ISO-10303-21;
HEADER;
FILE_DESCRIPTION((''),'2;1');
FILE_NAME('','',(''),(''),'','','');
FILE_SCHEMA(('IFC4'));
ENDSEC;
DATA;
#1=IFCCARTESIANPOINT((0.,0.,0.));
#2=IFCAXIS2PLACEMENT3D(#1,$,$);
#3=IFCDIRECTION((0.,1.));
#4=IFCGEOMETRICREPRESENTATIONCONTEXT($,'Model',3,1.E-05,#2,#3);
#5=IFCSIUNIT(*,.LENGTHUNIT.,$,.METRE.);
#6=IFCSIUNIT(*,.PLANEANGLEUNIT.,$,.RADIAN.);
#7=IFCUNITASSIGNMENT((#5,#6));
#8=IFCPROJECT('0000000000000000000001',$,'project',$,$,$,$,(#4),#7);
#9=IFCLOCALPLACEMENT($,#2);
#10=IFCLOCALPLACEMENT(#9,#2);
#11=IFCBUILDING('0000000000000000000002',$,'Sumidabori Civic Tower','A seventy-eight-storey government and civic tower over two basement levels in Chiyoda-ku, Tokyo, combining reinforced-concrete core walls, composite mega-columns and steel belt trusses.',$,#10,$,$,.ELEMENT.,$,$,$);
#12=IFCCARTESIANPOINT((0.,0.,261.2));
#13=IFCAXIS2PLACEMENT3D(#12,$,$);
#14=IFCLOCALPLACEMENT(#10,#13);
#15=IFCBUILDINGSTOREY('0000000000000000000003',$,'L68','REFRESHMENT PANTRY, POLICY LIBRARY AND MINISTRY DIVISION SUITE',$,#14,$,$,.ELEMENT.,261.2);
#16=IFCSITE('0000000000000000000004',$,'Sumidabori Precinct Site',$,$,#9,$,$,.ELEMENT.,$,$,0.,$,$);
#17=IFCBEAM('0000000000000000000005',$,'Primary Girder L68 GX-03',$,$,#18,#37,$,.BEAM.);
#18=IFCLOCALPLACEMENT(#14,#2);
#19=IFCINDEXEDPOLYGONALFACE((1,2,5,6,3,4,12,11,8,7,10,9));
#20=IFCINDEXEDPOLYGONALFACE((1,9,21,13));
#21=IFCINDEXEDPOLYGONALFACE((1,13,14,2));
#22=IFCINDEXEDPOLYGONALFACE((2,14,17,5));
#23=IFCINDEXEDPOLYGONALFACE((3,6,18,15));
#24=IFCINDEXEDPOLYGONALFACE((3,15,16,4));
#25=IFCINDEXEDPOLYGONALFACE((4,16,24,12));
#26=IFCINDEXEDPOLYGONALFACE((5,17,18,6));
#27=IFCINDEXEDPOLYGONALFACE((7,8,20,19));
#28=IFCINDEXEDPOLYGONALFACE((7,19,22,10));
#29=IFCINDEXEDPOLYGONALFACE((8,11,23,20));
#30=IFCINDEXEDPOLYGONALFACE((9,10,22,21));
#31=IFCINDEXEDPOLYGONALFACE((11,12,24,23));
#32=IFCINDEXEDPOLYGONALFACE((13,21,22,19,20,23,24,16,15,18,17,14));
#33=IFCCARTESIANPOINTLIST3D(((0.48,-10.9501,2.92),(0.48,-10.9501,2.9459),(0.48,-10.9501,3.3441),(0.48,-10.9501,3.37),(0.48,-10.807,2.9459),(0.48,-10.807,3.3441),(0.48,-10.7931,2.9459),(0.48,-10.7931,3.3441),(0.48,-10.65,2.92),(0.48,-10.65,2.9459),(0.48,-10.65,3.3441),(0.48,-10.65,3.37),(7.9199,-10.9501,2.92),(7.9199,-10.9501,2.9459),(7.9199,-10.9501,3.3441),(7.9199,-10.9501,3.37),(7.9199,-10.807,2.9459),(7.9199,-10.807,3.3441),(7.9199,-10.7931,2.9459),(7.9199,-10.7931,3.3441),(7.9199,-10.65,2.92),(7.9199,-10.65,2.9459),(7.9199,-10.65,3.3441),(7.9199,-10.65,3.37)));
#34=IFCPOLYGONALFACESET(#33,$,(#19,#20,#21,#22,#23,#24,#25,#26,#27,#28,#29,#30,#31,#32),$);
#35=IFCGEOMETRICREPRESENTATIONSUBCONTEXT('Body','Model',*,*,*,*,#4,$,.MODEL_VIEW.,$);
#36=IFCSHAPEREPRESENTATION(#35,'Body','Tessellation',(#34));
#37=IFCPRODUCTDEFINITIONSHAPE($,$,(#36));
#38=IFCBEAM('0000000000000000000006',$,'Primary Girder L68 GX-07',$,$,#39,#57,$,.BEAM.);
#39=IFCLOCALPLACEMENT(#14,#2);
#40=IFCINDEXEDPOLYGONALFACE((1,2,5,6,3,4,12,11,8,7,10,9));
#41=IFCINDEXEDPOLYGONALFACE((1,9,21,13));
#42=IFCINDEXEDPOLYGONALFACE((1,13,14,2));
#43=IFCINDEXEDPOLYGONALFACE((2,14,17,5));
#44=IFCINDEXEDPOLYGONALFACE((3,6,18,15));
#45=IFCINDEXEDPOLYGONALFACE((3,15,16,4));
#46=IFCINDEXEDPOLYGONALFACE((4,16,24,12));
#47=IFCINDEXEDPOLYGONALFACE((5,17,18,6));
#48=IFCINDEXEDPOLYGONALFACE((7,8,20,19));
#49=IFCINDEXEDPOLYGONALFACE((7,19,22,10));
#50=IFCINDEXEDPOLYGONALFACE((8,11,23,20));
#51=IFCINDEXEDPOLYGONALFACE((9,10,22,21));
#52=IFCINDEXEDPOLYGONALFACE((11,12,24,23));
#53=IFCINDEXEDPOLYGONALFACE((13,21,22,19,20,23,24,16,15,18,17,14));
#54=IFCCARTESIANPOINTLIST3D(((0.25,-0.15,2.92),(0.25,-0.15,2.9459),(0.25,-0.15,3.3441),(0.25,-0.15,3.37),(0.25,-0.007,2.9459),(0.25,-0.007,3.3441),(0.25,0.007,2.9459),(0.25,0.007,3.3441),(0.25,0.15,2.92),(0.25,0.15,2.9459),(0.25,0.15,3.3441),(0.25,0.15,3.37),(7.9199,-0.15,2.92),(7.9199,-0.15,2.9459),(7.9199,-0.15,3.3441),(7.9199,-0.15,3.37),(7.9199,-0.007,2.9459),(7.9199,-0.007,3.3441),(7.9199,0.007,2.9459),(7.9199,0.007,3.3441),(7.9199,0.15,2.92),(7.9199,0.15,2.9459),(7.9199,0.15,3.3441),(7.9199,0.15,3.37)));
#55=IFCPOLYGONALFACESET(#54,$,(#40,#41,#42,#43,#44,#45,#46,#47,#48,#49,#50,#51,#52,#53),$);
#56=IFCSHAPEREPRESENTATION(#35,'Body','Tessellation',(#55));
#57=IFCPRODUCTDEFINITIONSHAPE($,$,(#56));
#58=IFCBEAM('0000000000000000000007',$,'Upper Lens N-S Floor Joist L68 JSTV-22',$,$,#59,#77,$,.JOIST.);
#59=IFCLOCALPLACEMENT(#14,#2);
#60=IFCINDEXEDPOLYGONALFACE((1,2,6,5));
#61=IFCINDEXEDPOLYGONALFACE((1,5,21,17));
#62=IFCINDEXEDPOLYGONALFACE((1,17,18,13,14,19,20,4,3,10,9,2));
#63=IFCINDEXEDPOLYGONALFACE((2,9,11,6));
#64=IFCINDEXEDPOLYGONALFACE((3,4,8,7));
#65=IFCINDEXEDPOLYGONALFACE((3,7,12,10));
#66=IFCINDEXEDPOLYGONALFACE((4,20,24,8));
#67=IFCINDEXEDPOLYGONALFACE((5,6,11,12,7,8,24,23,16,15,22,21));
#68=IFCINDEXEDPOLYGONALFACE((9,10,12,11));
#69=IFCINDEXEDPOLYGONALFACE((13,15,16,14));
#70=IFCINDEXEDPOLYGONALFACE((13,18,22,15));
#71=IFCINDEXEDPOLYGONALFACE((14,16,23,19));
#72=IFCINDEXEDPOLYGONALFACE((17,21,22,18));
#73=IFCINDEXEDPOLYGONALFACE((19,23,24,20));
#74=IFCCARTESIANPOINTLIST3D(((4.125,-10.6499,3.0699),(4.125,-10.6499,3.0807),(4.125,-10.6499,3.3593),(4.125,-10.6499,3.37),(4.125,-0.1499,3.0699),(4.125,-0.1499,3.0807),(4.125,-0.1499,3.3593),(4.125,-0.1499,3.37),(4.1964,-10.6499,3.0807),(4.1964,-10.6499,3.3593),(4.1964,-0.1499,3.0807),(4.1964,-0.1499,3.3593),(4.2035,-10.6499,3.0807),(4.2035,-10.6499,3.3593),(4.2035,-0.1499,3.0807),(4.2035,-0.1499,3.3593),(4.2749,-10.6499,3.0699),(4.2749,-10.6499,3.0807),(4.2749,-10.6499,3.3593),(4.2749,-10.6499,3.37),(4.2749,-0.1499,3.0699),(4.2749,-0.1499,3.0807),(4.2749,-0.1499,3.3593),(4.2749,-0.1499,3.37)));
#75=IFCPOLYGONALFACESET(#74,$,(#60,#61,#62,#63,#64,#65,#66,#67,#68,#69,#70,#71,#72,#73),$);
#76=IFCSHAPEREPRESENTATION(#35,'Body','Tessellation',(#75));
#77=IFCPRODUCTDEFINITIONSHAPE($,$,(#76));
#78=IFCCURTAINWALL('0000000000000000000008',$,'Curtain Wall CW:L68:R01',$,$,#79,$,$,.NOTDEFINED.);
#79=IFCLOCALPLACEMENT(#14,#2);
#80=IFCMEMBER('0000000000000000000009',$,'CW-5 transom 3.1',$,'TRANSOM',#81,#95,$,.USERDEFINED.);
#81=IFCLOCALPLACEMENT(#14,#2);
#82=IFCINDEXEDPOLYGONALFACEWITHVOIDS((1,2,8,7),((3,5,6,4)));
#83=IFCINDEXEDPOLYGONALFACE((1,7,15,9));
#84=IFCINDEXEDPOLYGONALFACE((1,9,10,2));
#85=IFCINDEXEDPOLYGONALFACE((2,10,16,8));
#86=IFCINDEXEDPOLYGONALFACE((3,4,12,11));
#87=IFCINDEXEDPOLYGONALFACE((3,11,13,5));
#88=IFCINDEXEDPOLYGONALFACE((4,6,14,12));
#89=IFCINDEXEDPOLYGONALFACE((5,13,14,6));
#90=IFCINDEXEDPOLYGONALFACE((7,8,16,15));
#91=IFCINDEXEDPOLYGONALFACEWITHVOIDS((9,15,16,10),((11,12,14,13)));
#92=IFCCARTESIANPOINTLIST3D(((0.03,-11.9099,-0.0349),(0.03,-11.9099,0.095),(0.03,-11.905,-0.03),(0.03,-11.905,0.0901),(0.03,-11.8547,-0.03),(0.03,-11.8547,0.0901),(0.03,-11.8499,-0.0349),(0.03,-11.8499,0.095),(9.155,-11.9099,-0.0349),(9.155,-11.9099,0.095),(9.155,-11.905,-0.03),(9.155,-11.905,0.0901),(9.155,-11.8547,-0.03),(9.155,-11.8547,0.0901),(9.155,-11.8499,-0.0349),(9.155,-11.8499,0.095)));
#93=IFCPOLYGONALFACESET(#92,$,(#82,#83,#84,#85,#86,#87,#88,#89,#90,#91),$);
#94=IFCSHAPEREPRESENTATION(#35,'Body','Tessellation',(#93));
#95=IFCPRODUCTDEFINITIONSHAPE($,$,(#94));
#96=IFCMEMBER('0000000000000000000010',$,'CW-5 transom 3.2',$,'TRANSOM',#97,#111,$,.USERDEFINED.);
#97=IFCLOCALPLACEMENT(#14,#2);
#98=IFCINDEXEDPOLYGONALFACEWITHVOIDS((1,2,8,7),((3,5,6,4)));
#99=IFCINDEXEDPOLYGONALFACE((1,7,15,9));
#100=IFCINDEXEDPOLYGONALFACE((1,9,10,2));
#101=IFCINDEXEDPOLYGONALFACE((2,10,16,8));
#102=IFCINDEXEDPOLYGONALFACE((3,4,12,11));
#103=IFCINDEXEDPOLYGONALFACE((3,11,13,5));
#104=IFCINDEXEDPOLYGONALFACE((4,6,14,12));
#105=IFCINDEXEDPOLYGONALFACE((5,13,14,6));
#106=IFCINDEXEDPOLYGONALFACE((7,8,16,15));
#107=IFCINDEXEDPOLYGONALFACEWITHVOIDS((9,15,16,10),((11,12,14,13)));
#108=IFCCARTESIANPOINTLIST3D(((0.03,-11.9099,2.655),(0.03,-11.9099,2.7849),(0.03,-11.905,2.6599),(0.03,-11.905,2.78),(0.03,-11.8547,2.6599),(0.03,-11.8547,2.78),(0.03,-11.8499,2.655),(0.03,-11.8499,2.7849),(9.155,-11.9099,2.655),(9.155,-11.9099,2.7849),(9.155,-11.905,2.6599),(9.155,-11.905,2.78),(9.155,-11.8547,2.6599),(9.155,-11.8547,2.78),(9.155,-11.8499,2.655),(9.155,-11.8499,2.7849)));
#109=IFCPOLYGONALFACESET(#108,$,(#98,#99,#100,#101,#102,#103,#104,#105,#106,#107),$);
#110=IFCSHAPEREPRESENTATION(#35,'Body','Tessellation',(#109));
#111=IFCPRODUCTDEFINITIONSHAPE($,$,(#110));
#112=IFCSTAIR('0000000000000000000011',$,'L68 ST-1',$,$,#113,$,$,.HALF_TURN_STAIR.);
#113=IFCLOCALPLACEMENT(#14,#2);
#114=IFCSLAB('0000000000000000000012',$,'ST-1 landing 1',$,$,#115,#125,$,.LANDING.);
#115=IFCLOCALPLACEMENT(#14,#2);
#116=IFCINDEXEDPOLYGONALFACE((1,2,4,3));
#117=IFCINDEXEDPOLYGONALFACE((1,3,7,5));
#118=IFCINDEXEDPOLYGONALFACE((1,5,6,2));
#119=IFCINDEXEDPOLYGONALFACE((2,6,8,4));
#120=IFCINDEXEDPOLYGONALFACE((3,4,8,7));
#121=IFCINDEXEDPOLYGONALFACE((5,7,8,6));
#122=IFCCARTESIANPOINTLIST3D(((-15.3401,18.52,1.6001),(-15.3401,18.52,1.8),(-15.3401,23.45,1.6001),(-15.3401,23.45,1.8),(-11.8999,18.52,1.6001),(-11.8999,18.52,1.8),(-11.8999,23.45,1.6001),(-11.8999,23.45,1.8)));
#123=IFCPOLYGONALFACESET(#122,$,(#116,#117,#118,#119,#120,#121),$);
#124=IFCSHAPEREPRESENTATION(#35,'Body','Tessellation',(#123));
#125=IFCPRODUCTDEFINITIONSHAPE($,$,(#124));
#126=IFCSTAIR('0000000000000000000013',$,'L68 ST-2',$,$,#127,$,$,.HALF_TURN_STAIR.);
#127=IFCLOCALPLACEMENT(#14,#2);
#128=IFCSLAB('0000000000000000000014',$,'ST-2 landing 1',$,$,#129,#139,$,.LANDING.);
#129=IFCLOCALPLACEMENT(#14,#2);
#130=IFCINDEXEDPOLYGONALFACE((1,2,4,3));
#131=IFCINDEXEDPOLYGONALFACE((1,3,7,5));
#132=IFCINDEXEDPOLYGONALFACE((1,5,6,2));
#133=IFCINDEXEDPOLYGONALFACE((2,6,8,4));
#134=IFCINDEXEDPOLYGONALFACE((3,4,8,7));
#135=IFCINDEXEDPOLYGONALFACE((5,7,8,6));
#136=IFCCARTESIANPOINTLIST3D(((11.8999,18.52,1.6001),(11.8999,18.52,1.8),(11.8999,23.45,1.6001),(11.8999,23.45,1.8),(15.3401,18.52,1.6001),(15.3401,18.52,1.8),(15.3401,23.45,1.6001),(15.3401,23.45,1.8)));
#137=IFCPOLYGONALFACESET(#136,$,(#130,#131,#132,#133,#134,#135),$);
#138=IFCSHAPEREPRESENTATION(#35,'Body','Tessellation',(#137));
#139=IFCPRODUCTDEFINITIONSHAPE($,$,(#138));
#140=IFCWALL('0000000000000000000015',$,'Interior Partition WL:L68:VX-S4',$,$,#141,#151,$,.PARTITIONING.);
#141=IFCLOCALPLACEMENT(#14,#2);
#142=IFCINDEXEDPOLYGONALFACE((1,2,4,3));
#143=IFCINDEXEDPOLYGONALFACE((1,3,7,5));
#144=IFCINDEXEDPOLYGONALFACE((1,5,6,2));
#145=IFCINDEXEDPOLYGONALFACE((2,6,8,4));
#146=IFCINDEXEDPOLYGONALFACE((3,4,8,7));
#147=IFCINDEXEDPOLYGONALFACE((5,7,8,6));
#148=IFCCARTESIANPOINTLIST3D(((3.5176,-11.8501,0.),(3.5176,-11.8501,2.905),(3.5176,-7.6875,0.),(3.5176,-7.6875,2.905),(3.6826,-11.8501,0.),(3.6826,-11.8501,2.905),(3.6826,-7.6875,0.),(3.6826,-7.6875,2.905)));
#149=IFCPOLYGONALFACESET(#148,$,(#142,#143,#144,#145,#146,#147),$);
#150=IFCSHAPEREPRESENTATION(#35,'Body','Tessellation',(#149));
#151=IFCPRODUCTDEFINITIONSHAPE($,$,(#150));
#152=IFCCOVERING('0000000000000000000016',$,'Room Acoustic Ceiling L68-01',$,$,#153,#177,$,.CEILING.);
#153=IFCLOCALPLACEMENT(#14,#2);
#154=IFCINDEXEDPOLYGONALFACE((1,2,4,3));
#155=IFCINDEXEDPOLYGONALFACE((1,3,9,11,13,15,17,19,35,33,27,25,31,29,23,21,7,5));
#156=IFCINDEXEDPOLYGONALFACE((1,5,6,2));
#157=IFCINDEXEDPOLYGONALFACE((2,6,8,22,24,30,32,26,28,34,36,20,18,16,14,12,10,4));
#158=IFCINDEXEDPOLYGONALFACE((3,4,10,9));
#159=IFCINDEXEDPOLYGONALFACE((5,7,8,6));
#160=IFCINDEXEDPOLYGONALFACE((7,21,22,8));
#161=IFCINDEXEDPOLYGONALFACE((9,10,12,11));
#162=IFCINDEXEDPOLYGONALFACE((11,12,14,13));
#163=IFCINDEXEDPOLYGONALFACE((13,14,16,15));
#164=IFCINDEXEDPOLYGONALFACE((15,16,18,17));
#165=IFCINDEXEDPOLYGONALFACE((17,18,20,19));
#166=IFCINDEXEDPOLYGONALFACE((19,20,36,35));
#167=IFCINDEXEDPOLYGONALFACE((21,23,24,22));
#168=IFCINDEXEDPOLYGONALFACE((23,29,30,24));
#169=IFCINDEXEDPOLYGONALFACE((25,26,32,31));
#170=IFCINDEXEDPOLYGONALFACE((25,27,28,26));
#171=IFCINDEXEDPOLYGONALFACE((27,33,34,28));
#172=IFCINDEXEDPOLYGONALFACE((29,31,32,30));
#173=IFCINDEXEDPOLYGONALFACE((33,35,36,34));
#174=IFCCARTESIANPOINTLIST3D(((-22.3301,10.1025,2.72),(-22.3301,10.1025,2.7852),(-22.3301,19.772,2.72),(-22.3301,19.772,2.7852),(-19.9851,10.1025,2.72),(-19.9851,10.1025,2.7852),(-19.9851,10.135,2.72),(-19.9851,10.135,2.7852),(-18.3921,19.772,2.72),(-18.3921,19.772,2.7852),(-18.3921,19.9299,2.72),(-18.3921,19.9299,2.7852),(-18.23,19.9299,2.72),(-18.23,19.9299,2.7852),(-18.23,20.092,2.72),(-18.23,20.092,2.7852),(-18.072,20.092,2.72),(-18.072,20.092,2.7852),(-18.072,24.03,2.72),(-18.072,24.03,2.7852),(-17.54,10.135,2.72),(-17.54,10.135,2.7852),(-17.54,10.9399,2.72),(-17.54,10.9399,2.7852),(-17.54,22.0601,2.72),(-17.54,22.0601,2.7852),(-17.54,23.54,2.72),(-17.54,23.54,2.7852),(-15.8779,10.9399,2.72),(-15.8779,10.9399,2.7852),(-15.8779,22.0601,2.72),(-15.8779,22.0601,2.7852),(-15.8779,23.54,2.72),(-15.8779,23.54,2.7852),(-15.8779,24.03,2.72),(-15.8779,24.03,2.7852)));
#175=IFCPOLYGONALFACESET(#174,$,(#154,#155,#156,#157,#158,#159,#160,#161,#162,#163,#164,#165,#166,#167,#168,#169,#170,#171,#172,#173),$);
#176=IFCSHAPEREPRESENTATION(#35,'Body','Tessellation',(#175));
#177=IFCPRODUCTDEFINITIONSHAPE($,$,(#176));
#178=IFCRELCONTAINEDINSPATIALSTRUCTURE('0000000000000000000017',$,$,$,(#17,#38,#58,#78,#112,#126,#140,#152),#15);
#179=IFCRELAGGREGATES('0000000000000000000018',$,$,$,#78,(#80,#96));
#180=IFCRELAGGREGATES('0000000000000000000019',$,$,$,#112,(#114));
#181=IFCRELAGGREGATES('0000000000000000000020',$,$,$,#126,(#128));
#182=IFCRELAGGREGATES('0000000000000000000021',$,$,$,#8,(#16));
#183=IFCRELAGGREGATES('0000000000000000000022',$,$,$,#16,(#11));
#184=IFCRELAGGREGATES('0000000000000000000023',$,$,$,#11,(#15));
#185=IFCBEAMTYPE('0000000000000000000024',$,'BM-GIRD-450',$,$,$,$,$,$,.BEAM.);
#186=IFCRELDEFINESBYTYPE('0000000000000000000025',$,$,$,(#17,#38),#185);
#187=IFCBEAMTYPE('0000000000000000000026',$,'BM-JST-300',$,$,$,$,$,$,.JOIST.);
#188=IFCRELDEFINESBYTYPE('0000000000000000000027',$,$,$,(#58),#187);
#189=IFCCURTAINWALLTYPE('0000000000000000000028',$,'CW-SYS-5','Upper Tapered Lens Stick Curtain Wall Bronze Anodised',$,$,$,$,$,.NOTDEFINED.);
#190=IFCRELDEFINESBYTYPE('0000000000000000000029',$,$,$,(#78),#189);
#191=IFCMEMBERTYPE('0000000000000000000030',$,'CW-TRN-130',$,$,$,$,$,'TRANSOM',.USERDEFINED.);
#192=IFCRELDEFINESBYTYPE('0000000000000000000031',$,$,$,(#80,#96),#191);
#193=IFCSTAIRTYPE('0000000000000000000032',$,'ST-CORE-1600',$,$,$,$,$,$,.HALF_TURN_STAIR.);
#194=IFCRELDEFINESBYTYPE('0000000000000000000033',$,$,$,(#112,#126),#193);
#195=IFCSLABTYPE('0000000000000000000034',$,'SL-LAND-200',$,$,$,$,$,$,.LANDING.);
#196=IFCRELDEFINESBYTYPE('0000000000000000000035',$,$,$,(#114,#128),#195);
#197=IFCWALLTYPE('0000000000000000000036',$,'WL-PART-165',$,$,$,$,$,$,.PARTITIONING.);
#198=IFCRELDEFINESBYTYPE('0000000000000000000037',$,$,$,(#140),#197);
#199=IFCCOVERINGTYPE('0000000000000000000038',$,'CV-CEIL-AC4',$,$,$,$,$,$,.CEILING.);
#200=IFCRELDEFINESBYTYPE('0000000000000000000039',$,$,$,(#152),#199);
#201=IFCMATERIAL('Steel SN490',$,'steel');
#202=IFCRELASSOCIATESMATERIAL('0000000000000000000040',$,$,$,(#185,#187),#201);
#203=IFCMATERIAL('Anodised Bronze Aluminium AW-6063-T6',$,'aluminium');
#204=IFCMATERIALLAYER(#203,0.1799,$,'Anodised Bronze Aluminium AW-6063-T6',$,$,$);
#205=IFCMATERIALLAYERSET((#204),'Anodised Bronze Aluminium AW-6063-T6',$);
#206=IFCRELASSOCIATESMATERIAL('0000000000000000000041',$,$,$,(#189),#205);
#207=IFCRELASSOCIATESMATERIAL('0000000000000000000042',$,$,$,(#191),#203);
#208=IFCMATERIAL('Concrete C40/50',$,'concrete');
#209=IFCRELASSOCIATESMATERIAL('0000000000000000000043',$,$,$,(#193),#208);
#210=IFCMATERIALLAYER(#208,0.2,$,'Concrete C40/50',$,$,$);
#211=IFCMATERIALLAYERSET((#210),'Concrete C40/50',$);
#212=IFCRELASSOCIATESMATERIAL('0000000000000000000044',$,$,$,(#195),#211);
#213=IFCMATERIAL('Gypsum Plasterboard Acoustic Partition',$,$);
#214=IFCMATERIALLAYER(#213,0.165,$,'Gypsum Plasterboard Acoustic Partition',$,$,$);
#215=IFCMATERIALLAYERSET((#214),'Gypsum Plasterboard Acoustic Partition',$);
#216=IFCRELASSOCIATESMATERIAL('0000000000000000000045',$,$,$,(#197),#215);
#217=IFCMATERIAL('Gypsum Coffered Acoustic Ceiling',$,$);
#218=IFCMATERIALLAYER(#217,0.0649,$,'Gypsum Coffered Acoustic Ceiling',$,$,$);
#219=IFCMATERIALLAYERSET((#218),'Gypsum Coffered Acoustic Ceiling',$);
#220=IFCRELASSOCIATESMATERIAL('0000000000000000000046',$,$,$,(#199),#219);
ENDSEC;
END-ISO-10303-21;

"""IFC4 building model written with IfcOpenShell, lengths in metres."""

from ifc_helpers import new_model, si_unit, direction, frame, frame_2d, origin, origin_2d, place, context, subcontext, project, spatial, polyline, rectangle, hollow_rectangle, i_section, outline, extrude, source, transform, mapped, material, layer, layer_set, material_profile, profile_set, type_object, element, aggregate, save


model = new_model("IFC4")

# Units and contexts
model_context = context("Model", 3, precision=1e-05, world=origin(), true_north=direction((0.0, 1.0)))
body_context = subcontext(model_context, "Body", "Model", "MODEL_VIEW")
ifc_project = project(units=[si_unit("LENGTHUNIT", "METRE"), si_unit("PLANEANGLEUNIT", "RADIAN")], contexts=[model_context])

# Site, building, storey
site_placement = place(None, origin())
site = spatial("IfcSite", under=ifc_project, at=site_placement, Name="Sumidabori Precinct Site", CompositionType="ELEMENT", RefElevation=0.0)
building_placement = place(site_placement, origin())
building = spatial("IfcBuilding", under=site, at=building_placement, Name="Sumidabori Civic Tower", Description="A seventy-eight-storey government and civic tower over two basement levels in Chiyoda-ku, Tokyo, combining reinforced-concrete core walls, composite mega-columns and steel belt trusses.", CompositionType="ELEMENT")
storey_placement = place(building_placement, frame((0.0, 0.0, 261.2)))
storey = spatial("IfcBuildingStorey", under=building, at=storey_placement, Name="L68", Description="REFRESHMENT PANTRY, POLICY LIBRARY AND MINISTRY DIVISION SUITE", CompositionType="ELEMENT", Elevation=261.2)

# Beams
ifc_material_1 = material(Name="Steel SN490", Category="steel")
ifc_material_profile_1 = material_profile(ifc_material_1, i_section(OverallWidth=0.3, OverallDepth=0.45, WebThickness=0.0139, FlangeThickness=0.0259, at=origin_2d()), Name="HE 450 B")
ifc_profile_set_1 = profile_set([ifc_material_profile_1], Name="Steel SN490")
beam_type_1 = type_object("IfcBeamType", Name="BM-GIRD-450", PredefinedType="BEAM", material=ifc_profile_set_1)
shared_shape_1 = source(origin(), body_context, "Body", "SweptSolid", [
    extrude(i_section(OverallWidth=0.3, OverallDepth=0.45, WebThickness=0.0139, FlangeThickness=0.0259, at=origin_2d()), origin(), (0.0, 0.0, 1.0), 7.4399),
])
beam_1_placement = place(storey_placement, frame((0.48, -10.8, 3.145), z_axis=(1.0, 0.0, 0.0), x_axis=(0.0, 1.0, 0.0)))
element("IfcBeam", 1, at=beam_1_placement, inside=storey, type_object=beam_type_1, Name="Primary Girder L68 GX-03", PredefinedType="BEAM", context=body_context, shape_type="MappedRepresentation", body=[
    mapped(shared_shape_1, transform((0.0, 0.0, 0.0), x_axis=(1.0, 0.0, 0.0), y_axis=(0.0, 1.0, 0.0), z_axis=(0.0, 0.0, 1.0), scale=1.0)),
])
shared_shape_2 = source(origin(), body_context, "Body", "SweptSolid", [
    extrude(i_section(OverallWidth=0.3, OverallDepth=0.45, WebThickness=0.0139, FlangeThickness=0.0259, at=origin_2d()), origin(), (0.0, 0.0, 1.0), 7.6699),
])
beam_2_placement = place(storey_placement, frame((0.25, 0.0, 3.145), z_axis=(1.0, 0.0, 0.0), x_axis=(0.0, 1.0, 0.0)))
element("IfcBeam", 2, at=beam_2_placement, inside=storey, type_object=beam_type_1, Name="Primary Girder L68 GX-07", PredefinedType="BEAM", context=body_context, shape_type="MappedRepresentation", body=[
    mapped(shared_shape_2, transform((0.0, 0.0, 0.0), x_axis=(1.0, 0.0, 0.0), y_axis=(0.0, 1.0, 0.0), z_axis=(0.0, 0.0, 1.0), scale=1.0)),
])
ifc_material_profile_2 = material_profile(ifc_material_1, i_section(OverallWidth=0.1499, OverallDepth=0.3, WebThickness=0.0071, FlangeThickness=0.0107, at=origin_2d()), Name="IPE 300")
ifc_profile_set_2 = profile_set([ifc_material_profile_2], Name="Steel SN490")
beam_type_2 = type_object("IfcBeamType", Name="BM-JST-300", PredefinedType="JOIST", material=ifc_profile_set_2)
shared_shape_3 = source(origin(), body_context, "Body", "SweptSolid", [
    extrude(i_section(OverallWidth=0.1499, OverallDepth=0.3, WebThickness=0.0071, FlangeThickness=0.0107, at=origin_2d()), origin(), (0.0, 0.0, 1.0), 10.5),
])
beam_3_placement = place(storey_placement, frame((4.2, -10.6499, 3.22), z_axis=(0.0, 1.0, 0.0), x_axis=(-1.0, 0.0, 0.0)))
element("IfcBeam", 3, at=beam_3_placement, inside=storey, type_object=beam_type_2, Name="Upper Lens N-S Floor Joist L68 JSTV-22", PredefinedType="JOIST", context=body_context, shape_type="MappedRepresentation", body=[
    mapped(shared_shape_3, transform((0.0, 0.0, 0.0), x_axis=(1.0, 0.0, 0.0), y_axis=(0.0, 1.0, 0.0), z_axis=(0.0, 0.0, 1.0), scale=1.0)),
])

# Curtain wall, members
ifc_material_2 = material(Name="Anodised Bronze Aluminium AW-6063-T6", Category="aluminium")
ifc_layer_1 = layer(ifc_material_2, 0.1799, Name="Anodised Bronze Aluminium AW-6063-T6")
ifc_layer_set_1 = layer_set([ifc_layer_1], Name="Anodised Bronze Aluminium AW-6063-T6")
curtain_wall_type = type_object("IfcCurtainWallType", Name="CW-SYS-5", Description="Upper Tapered Lens Stick Curtain Wall Bronze Anodised", PredefinedType="NOTDEFINED", material=ifc_layer_set_1)
curtain_wall_placement = place(storey_placement, origin())
curtain_wall = element("IfcCurtainWall", 4, at=curtain_wall_placement, inside=storey, type_object=curtain_wall_type, Name="Curtain Wall CW:L68:R01", PredefinedType="NOTDEFINED")
ifc_material_profile_3 = material_profile(ifc_material_2, hollow_rectangle(XDim=0.0601, YDim=0.1299, WallThickness=0.0049, at=origin_2d()), Name="ALU TRANSOM 130x60")
ifc_profile_set_3 = profile_set([ifc_material_profile_3], Name="Anodised Bronze Aluminium AW-6063-T6")
member_type = type_object("IfcMemberType", Name="CW-TRN-130", ElementType="TRANSOM", PredefinedType="USERDEFINED", material=ifc_profile_set_3)
shared_shape_4 = source(origin(), body_context, "Body", "SweptSolid", [
    extrude(hollow_rectangle(XDim=0.0601, YDim=0.1299, WallThickness=0.0049, at=origin_2d()), origin(), (0.0, 0.0, 1.0), 9.125),
])
member_1_placement = place(storey_placement, frame((0.03, -11.8799, 0.03), z_axis=(1.0, 0.0, 0.0), x_axis=(0.0, 1.0, 0.0)))
member_1 = element("IfcMember", 5, at=member_1_placement, type_object=member_type, Name="CW-5 transom 3.1", ObjectType="TRANSOM", PredefinedType="USERDEFINED", context=body_context, shape_type="MappedRepresentation", body=[
    mapped(shared_shape_4, transform((0.0, 0.0, 0.0), x_axis=(1.0, 0.0, 0.0), y_axis=(0.0, 1.0, 0.0), z_axis=(0.0, 0.0, 1.0), scale=1.0)),
])
member_2_placement = place(storey_placement, frame((0.03, -11.8799, 2.72), z_axis=(1.0, 0.0, 0.0), x_axis=(0.0, 1.0, 0.0)))
member_2 = element("IfcMember", 6, at=member_2_placement, type_object=member_type, Name="CW-5 transom 3.2", ObjectType="TRANSOM", PredefinedType="USERDEFINED", context=body_context, shape_type="MappedRepresentation", body=[
    mapped(shared_shape_4, transform((0.0, 0.0, 0.0), x_axis=(1.0, 0.0, 0.0), y_axis=(0.0, 1.0, 0.0), z_axis=(0.0, 0.0, 1.0), scale=1.0)),
])
aggregate(curtain_wall, [member_1, member_2])

# Stairs, slabs
ifc_material_3 = material(Name="Concrete C40/50", Category="concrete")
stair_type = type_object("IfcStairType", Name="ST-CORE-1600", PredefinedType="HALF_TURN_STAIR", material=ifc_material_3)
stair_1_placement = place(storey_placement, origin())
stair_1 = element("IfcStair", 7, at=stair_1_placement, inside=storey, type_object=stair_type, Name="L68 ST-1", PredefinedType="HALF_TURN_STAIR")
ifc_layer_2 = layer(ifc_material_3, 0.2, Name="Concrete C40/50")
ifc_layer_set_2 = layer_set([ifc_layer_2], Name="Concrete C40/50")
slab_type = type_object("IfcSlabType", Name="SL-LAND-200", PredefinedType="LANDING", material=ifc_layer_set_2)
slab_1_placement = place(storey_placement, frame((0.0, 0.0, 1.6001)))
slab_1 = element("IfcSlab", 8, at=slab_1_placement, type_object=slab_type, Name="ST-1 landing 1", PredefinedType="LANDING", context=body_context, shape_type="SweptSolid", body=[
    extrude(outline(polyline([(-11.8999, 18.52), (-11.8999, 23.45), (-15.3401, 23.45), (-15.3401, 18.52), (-11.8999, 18.52)])), origin(), (0.0, 0.0, 1.0), 0.2),
])
aggregate(stair_1, [slab_1])
stair_2_placement = place(storey_placement, origin())
stair_2 = element("IfcStair", 9, at=stair_2_placement, inside=storey, type_object=stair_type, Name="L68 ST-2", PredefinedType="HALF_TURN_STAIR")
slab_2_placement = place(storey_placement, frame((0.0, 0.0, 1.6001)))
slab_2 = element("IfcSlab", 10, at=slab_2_placement, type_object=slab_type, Name="ST-2 landing 1", PredefinedType="LANDING", context=body_context, shape_type="SweptSolid", body=[
    extrude(outline(polyline([(15.3401, 18.52), (15.3401, 23.45), (11.8999, 23.45), (11.8999, 18.52), (15.3401, 18.52)])), origin(), (0.0, 0.0, 1.0), 0.2),
])
aggregate(stair_2, [slab_2])

# Wall
ifc_material_4 = material(Name="Gypsum Plasterboard Acoustic Partition")
ifc_layer_3 = layer(ifc_material_4, 0.165, Name="Gypsum Plasterboard Acoustic Partition")
ifc_layer_set_3 = layer_set([ifc_layer_3], Name="Gypsum Plasterboard Acoustic Partition")
wall_type = type_object("IfcWallType", Name="WL-PART-165", PredefinedType="PARTITIONING", material=ifc_layer_set_3)
shared_shape_5 = source(origin(), body_context, "Body", "SweptSolid", [
    extrude(rectangle(XDim=4.1626, YDim=0.165, at=frame_2d((2.0813, 0.0))), origin(), (0.0, 0.0, 1.0), 2.905),
])
wall_placement = place(storey_placement, frame((3.6001, -11.8501, 0.0), z_axis=(0.0, 0.0, 1.0), x_axis=(0.0, 1.0, 0.0)))
element("IfcWall", 11, at=wall_placement, inside=storey, type_object=wall_type, Name="Interior Partition WL:L68:VX-S4", PredefinedType="PARTITIONING", context=body_context, shape_type="MappedRepresentation", body=[
    mapped(shared_shape_5, transform((0.0, 0.0, 0.0), x_axis=(1.0, 0.0, 0.0), y_axis=(0.0, 1.0, 0.0), z_axis=(0.0, 0.0, 1.0), scale=1.0)),
])

# Covering
ifc_material_5 = material(Name="Gypsum Coffered Acoustic Ceiling")
ifc_layer_4 = layer(ifc_material_5, 0.0649, Name="Gypsum Coffered Acoustic Ceiling")
ifc_layer_set_4 = layer_set([ifc_layer_4], Name="Gypsum Coffered Acoustic Ceiling")
covering_type_1 = type_object("IfcCoveringType", Name="CV-CEIL-AC4", PredefinedType="CEILING", material=ifc_layer_set_4)
covering_1_placement = place(storey_placement, frame((0.0, 0.0, 2.72)))
element("IfcCovering", 12, at=covering_1_placement, inside=storey, type_object=covering_type_1, Name="Room Acoustic Ceiling L68-01", PredefinedType="CEILING", context=body_context, shape_type="SweptSolid", body=[
    extrude(outline(polyline([(-22.3301, 10.1025), (-22.3301, 19.772), (-18.3921, 19.772), (-18.3921, 19.9299), (-18.23, 19.9299), (-18.23, 20.092), (-18.072, 20.092), (-18.072, 24.03), (-15.8779, 24.03), (-15.8779, 23.54), (-17.54, 23.54), (-17.54, 22.0601), (-15.8779, 22.0601), (-15.8779, 10.9399), (-17.54, 10.9399), (-17.54, 10.135), (-19.9851, 10.135), (-19.9851, 10.1025), (-22.3301, 10.1025)])), origin(), (0.0, 0.0, 1.0), 0.0652),
])

save(model, "model.ifc")
